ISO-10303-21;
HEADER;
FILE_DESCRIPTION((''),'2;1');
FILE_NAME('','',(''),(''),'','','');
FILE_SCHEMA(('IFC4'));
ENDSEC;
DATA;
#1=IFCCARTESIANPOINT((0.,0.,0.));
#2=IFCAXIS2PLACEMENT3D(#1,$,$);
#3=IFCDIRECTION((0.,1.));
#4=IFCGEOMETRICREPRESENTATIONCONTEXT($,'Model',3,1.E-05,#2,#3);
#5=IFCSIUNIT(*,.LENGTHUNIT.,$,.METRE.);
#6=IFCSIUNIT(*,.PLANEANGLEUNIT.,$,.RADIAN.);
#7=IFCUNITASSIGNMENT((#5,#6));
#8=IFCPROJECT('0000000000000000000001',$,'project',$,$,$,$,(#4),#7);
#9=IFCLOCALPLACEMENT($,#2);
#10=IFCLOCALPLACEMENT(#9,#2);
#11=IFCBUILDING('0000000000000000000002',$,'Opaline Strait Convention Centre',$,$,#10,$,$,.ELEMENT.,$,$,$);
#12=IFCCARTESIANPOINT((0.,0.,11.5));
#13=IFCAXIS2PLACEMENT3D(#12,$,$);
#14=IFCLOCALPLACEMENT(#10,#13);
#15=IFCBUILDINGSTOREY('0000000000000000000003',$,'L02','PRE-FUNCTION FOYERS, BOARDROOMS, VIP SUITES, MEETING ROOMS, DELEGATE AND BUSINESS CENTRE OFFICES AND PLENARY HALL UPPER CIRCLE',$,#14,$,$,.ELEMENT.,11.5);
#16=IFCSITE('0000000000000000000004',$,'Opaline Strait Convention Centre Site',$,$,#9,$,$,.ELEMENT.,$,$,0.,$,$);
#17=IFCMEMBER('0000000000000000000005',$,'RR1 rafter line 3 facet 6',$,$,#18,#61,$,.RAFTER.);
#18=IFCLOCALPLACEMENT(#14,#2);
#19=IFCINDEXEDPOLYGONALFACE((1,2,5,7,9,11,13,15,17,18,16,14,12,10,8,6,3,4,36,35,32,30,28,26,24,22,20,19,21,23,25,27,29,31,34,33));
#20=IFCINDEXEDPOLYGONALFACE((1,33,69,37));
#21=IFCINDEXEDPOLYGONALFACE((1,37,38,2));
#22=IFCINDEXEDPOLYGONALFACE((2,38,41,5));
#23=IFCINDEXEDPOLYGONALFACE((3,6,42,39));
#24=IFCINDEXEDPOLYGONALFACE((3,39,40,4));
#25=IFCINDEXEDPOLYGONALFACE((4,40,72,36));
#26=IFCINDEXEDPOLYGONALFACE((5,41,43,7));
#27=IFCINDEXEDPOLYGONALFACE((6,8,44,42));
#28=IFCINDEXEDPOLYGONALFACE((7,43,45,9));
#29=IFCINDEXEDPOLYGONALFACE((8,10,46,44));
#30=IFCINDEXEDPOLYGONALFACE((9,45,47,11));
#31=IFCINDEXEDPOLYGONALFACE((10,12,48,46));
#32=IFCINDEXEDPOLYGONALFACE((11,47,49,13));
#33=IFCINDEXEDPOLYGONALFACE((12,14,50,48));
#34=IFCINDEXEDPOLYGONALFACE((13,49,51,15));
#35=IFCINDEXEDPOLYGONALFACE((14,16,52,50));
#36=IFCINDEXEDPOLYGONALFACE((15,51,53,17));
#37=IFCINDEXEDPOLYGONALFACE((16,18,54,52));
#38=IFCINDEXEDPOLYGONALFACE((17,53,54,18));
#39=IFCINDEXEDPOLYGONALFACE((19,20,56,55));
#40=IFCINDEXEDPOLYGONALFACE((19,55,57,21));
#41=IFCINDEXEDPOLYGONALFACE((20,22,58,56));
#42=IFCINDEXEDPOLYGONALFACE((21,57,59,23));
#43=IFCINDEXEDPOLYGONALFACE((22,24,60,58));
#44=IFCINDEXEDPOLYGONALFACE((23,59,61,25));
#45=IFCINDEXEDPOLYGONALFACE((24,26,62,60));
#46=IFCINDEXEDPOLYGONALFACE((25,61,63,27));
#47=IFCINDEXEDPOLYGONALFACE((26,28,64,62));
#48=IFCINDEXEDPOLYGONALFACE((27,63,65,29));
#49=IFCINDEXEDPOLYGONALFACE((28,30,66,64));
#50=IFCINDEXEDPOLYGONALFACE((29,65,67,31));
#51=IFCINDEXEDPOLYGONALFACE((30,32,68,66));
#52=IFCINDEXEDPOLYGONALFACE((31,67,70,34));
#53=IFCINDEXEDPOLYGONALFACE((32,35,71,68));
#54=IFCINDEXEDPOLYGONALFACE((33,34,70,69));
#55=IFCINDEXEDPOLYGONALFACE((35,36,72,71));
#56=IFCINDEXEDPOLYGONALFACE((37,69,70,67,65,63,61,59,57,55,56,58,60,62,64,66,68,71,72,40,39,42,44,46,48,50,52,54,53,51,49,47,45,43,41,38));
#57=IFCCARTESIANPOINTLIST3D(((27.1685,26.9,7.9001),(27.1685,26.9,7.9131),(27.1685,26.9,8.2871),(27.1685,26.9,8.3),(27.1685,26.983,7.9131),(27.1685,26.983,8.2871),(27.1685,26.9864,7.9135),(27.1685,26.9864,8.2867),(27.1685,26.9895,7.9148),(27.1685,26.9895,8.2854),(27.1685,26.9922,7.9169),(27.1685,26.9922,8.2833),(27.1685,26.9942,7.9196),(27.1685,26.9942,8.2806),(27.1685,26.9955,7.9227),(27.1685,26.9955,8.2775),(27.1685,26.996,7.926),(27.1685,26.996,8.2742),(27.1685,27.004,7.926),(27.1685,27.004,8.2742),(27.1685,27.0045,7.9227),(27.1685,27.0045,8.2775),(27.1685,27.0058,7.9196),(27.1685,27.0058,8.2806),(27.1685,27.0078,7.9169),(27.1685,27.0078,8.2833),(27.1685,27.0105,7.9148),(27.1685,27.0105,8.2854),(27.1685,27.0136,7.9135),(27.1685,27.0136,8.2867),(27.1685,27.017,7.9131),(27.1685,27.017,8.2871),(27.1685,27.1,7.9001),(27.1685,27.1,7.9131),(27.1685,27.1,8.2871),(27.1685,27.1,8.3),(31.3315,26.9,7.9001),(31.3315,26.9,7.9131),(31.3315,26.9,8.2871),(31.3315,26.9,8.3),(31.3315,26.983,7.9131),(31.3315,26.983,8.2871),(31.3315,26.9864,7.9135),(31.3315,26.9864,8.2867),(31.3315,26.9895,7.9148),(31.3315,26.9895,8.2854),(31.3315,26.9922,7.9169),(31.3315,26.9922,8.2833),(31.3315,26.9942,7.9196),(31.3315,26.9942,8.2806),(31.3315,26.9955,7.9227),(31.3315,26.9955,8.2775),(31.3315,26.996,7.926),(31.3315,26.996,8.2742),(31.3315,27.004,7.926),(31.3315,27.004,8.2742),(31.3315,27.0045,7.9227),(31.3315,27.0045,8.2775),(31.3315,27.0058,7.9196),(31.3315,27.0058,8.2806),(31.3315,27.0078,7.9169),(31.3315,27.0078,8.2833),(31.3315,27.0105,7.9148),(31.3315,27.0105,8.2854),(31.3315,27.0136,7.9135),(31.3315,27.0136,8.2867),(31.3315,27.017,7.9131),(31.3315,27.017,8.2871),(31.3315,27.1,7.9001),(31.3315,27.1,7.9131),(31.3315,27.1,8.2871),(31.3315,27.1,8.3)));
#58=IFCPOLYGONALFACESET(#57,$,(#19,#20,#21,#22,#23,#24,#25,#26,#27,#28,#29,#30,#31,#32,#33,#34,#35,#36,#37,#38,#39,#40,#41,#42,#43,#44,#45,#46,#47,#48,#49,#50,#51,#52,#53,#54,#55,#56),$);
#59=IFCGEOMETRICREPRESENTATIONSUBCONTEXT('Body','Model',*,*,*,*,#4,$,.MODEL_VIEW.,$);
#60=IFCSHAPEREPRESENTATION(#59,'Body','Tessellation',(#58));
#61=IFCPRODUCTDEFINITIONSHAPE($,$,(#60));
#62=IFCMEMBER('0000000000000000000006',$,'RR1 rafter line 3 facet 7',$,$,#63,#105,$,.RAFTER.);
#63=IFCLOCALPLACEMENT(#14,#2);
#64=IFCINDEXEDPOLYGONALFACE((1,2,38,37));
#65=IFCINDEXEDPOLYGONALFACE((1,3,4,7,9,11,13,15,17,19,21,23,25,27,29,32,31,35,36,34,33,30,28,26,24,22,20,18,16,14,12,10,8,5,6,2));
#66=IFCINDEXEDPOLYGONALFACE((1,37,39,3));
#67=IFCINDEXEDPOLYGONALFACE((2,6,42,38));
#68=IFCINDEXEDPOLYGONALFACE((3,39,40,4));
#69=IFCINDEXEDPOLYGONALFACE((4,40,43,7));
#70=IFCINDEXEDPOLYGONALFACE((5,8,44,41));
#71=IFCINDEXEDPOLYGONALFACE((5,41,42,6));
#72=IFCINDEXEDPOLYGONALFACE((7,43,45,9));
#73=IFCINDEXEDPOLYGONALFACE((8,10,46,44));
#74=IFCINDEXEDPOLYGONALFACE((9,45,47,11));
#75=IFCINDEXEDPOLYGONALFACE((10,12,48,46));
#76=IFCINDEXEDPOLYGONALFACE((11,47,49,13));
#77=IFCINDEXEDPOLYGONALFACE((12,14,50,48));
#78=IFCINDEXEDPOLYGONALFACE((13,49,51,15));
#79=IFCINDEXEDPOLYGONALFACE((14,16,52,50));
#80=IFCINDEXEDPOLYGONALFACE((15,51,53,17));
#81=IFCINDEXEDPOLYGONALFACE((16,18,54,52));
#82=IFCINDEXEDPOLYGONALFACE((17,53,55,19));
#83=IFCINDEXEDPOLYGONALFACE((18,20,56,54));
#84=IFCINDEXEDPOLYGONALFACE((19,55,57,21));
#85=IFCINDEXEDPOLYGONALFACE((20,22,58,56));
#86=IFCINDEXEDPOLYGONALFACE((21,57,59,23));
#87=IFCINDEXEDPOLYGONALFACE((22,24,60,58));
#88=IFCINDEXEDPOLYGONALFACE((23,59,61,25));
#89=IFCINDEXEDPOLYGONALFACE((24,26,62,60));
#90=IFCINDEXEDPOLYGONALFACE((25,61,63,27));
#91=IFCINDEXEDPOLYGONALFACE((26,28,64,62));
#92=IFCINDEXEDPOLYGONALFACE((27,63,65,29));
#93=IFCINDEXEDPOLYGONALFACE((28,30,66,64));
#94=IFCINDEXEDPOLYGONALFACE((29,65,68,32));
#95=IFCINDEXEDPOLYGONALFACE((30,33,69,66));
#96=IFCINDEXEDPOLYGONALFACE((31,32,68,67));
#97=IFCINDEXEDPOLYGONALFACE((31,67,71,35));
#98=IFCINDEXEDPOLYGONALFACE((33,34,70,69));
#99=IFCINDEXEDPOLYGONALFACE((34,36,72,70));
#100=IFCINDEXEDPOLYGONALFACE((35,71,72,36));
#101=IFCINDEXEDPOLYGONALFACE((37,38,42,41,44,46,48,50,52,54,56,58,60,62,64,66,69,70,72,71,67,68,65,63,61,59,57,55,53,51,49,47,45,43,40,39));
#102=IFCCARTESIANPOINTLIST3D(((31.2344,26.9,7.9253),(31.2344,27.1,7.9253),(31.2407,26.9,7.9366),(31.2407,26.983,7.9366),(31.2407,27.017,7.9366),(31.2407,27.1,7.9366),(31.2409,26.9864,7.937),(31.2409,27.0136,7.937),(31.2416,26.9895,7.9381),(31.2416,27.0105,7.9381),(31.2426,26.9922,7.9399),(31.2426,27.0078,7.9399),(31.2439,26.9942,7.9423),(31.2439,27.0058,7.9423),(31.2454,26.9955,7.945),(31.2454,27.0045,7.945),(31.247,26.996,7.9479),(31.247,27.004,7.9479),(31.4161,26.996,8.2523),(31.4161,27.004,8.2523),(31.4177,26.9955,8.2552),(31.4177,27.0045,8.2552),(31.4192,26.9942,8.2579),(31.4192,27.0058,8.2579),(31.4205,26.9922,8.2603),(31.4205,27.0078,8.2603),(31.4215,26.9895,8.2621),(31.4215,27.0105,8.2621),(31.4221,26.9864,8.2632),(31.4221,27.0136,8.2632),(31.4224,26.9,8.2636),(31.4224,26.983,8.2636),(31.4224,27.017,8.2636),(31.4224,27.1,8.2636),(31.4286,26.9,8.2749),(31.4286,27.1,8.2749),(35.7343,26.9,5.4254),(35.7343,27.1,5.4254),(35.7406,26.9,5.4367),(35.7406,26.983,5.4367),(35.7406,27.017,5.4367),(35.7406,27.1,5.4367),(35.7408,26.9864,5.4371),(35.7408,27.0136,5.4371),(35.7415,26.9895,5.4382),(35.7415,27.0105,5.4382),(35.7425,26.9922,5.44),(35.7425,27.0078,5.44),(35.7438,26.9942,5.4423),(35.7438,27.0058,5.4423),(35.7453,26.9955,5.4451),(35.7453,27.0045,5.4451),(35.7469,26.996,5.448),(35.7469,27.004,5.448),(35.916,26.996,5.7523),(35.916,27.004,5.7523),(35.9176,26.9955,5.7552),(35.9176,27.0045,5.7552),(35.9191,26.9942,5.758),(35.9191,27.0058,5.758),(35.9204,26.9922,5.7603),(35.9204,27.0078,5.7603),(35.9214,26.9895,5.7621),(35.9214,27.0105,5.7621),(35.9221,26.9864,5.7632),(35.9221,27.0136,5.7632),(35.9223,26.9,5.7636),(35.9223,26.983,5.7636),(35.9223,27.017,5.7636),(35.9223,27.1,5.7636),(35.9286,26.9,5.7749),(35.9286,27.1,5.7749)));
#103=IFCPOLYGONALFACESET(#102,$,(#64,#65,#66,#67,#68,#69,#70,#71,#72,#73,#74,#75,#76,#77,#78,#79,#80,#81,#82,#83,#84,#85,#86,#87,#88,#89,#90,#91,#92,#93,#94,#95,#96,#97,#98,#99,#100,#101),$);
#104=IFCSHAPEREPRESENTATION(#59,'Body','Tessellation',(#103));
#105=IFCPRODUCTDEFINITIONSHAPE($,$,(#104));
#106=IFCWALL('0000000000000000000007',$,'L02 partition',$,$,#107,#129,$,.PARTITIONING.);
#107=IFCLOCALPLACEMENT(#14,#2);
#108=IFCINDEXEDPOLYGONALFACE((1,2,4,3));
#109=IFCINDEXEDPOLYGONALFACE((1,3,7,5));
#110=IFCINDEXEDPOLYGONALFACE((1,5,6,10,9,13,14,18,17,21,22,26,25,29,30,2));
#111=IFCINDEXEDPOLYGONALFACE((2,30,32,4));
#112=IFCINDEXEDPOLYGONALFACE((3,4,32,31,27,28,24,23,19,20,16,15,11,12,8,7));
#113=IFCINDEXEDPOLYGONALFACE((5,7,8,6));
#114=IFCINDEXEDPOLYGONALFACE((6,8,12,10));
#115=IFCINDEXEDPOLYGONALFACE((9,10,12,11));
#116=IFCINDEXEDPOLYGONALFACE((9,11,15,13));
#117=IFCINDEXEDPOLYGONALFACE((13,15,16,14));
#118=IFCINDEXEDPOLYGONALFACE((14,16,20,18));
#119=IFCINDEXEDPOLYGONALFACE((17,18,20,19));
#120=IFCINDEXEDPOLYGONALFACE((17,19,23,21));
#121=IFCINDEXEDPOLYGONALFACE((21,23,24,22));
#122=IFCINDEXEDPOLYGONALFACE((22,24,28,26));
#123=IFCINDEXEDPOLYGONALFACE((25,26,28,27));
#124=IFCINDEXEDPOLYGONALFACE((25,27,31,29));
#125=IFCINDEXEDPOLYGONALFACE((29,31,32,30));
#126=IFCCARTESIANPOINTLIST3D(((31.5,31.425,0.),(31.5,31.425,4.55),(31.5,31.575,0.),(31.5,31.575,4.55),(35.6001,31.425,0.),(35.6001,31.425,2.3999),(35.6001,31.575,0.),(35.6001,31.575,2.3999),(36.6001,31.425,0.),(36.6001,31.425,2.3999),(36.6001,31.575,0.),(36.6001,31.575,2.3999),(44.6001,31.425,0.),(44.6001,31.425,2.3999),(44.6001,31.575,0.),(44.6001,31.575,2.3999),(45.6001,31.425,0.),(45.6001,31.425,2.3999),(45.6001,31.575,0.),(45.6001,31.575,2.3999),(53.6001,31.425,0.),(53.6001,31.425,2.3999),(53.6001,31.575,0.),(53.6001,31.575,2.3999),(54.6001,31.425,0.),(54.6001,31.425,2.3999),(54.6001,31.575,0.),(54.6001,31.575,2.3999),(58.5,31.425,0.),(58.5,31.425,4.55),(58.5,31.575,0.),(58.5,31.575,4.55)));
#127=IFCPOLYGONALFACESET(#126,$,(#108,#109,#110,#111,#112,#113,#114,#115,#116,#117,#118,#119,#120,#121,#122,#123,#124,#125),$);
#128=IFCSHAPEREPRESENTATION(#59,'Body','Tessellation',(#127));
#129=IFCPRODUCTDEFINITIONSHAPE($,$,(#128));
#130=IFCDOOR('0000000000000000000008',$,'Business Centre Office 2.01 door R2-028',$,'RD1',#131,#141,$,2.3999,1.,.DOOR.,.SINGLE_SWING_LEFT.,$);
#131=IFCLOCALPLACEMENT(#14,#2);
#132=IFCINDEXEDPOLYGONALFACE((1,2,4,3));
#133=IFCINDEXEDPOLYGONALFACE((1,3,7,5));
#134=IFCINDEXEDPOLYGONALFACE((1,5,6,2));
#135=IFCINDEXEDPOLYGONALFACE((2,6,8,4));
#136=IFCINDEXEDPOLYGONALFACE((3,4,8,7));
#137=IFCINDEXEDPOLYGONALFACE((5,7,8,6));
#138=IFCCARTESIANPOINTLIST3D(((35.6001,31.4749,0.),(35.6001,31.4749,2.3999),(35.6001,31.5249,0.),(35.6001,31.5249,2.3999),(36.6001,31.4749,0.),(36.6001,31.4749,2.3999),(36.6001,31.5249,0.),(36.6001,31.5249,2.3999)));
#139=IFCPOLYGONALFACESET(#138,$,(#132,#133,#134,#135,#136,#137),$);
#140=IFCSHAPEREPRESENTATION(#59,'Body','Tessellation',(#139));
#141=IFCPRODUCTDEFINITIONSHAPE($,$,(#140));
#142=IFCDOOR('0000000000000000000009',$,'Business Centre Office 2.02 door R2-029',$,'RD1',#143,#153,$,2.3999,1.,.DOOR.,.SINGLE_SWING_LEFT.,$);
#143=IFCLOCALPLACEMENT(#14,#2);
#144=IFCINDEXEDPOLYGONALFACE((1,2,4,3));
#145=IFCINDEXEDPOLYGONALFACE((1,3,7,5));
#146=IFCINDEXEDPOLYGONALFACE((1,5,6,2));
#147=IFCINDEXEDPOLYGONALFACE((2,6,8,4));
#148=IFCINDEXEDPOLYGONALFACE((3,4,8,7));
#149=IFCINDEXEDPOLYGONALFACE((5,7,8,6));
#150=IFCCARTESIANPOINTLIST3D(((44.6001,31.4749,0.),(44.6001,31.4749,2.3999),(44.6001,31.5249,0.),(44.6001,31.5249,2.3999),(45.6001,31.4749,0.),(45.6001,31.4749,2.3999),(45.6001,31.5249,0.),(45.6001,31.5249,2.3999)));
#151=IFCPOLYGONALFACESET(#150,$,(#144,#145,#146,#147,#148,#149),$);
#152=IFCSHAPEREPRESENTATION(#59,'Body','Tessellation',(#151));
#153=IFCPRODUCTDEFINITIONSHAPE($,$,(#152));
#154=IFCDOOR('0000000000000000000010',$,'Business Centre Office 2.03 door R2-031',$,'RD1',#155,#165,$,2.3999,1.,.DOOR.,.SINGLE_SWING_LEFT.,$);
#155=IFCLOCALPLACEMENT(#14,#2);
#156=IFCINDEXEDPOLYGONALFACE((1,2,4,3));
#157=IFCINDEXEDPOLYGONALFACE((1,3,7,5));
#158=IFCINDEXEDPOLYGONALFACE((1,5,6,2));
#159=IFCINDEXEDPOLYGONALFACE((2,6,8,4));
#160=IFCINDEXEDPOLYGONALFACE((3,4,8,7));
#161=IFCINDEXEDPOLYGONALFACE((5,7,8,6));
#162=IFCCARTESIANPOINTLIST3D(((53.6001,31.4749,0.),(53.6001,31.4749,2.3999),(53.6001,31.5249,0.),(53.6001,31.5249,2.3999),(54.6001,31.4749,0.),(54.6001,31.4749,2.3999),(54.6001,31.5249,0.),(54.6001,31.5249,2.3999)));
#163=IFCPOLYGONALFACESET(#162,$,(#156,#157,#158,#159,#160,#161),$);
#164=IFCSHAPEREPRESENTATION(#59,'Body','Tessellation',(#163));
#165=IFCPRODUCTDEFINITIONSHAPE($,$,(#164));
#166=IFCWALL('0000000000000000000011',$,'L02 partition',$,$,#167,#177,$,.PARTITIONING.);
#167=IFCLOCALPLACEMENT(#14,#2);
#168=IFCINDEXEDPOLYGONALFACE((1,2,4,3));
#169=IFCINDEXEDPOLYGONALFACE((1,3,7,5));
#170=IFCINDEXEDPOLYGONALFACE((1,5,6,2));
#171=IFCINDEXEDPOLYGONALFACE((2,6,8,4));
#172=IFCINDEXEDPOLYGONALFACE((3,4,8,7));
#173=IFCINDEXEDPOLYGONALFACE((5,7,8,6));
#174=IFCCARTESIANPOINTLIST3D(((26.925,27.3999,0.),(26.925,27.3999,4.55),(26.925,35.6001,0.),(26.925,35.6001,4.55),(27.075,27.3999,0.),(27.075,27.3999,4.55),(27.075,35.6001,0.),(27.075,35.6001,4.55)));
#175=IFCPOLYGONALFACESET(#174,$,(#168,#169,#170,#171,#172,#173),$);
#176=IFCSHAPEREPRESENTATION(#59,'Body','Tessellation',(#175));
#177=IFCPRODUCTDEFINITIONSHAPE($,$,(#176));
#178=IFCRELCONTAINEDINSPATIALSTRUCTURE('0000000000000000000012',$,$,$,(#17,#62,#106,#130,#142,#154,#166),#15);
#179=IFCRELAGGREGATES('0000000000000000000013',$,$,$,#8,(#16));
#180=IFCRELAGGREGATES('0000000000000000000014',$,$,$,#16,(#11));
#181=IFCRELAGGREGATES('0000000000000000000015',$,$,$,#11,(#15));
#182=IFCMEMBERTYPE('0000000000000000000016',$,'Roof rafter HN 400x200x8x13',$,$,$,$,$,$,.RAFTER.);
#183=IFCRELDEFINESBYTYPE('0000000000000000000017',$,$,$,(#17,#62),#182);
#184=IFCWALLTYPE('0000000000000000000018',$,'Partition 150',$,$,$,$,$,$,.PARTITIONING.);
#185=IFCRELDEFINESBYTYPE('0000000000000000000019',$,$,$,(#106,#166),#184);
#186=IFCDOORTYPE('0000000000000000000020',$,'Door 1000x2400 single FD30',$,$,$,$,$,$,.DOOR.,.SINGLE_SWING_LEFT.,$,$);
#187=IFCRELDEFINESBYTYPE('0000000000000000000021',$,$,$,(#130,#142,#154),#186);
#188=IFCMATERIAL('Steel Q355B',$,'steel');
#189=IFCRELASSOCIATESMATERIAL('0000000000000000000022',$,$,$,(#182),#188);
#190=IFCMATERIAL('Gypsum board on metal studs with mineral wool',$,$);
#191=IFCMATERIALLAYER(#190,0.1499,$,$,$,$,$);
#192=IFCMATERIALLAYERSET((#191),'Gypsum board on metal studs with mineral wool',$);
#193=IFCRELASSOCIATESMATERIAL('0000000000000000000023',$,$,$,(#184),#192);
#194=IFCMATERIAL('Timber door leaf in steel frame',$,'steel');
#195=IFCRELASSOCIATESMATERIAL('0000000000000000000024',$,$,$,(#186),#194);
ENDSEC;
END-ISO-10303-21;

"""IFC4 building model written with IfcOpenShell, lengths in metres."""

from ifc_helpers import new_model, si_unit, direction, frame, frame_2d, origin, origin_2d, place, context, subcontext, project, spatial, rectangle, i_section, extrude, material, layer, layer_set, material_profile, profile_set, type_object, element, fill, save


model = new_model("IFC4")

# Units and contexts
model_context = context("Model", 3, precision=1e-05, world=origin(), true_north=direction((0.0, 1.0)))
body_context = subcontext(model_context, "Body", "Model", "MODEL_VIEW")
ifc_project = project(units=[si_unit("LENGTHUNIT", "METRE"), si_unit("PLANEANGLEUNIT", "RADIAN")], contexts=[model_context])

# Site, building, storey
site_placement = place(None, origin())
site = spatial("IfcSite", under=ifc_project, at=site_placement, Name="Opaline Strait Convention Centre Site", CompositionType="ELEMENT", RefElevation=0.0)
building_placement = place(site_placement, origin())
building = spatial("IfcBuilding", under=site, at=building_placement, Name="Opaline Strait Convention Centre", CompositionType="ELEMENT")
storey_placement = place(building_placement, frame((0.0, 0.0, 11.5)))
storey = spatial("IfcBuildingStorey", under=building, at=storey_placement, Name="L02", Description="PRE-FUNCTION FOYERS, BOARDROOMS, VIP SUITES, MEETING ROOMS, DELEGATE AND BUSINESS CENTRE OFFICES AND PLENARY HALL UPPER CIRCLE", CompositionType="ELEMENT", Elevation=11.5)

# Shared definitions
ifc_material_1 = material(Name="Steel Q355B", Category="steel")

# Members
ifc_material_profile_1 = material_profile(ifc_material_1, i_section(OverallWidth=0.2, OverallDepth=0.3999, WebThickness=0.0081, FlangeThickness=0.0129, FilletRadius=0.0129, at=origin_2d()), Name="HN 400x200x8x13")
ifc_profile_set_1 = profile_set([ifc_material_profile_1], Name="Steel Q355B")
member_type_1 = type_object("IfcMemberType", Name="Roof rafter HN 400x200x8x13", PredefinedType="RAFTER", material=ifc_profile_set_1)
member_1_placement = place(storey_placement, frame((27.1685, 27.0, 8.1001), z_axis=(1.0, 0.0, 0.0), x_axis=(0.0, 1.0, 0.0)))
element("IfcMember", 1, at=member_1_placement, inside=storey, type_object=member_type_1, Name="RR1 rafter line 3 facet 6", PredefinedType="RAFTER", context=body_context, shape_type="SweptSolid", body=[
    extrude(i_section(OverallWidth=0.2, OverallDepth=0.3999, WebThickness=0.0081, FlangeThickness=0.0129, FilletRadius=0.0129, at=origin_2d()), origin(), (0.0, 0.0, 1.0), 4.1631),
])
member_2_placement = place(storey_placement, frame((31.3315, 27.0, 8.1001), z_axis=(0.874157, 0.0, -0.485643), x_axis=(0.0, 1.0, 0.0)))
element("IfcMember", 2, at=member_2_placement, inside=storey, type_object=member_type_1, Name="RR1 rafter line 3 facet 7", PredefinedType="RAFTER", context=body_context, shape_type="SweptSolid", body=[
    extrude(i_section(OverallWidth=0.2, OverallDepth=0.3999, WebThickness=0.0081, FlangeThickness=0.0129, FilletRadius=0.0129, at=origin_2d()), origin(), (0.0, 0.0, 1.0), 5.1477),
])

# Wall, openings, doors
ifc_material_2 = material(Name="Gypsum board on metal studs with mineral wool")
ifc_layer_1 = layer(ifc_material_2, 0.1499)
ifc_layer_set_1 = layer_set([ifc_layer_1], Name="Gypsum board on metal studs with mineral wool")
wall_type_1 = type_object("IfcWallType", Name="Partition 150", PredefinedType="PARTITIONING", material=ifc_layer_set_1)
wall_1_placement = place(storey_placement, frame((31.5, 31.5, 0.0), z_axis=(0.0, 0.0, 1.0), x_axis=(1.0, 0.0, 0.0)))
wall_1 = element("IfcWall", 3, at=wall_1_placement, inside=storey, type_object=wall_type_1, Name="L02 partition", PredefinedType="PARTITIONING", context=body_context, shape_type="SweptSolid", body=[
    extrude(rectangle(XDim=27.0, YDim=0.1499, at=frame_2d((13.5, 0.0))), origin(), (0.0, 0.0, 1.0), 4.55),
])
opening_1_placement = place(wall_1_placement, frame((4.1001, 0.0, 0.0)))
opening_1 = element("IfcOpeningElement", 4, at=opening_1_placement, cuts=wall_1, PredefinedType="OPENING", context=body_context, shape_type="SweptSolid", body=[
    extrude(rectangle(XDim=1.0, YDim=2.3999, at=frame_2d((0.5, 1.2))), frame((0.0, 0.085, 0.0), z_axis=(0.0, -1.0, 0.0), x_axis=(1.0, 0.0, 0.0)), (0.0, 0.0, 1.0), 0.1699),
])
opening_2_placement = place(wall_1_placement, frame((13.1001, 0.0, 0.0)))
opening_2 = element("IfcOpeningElement", 5, at=opening_2_placement, cuts=wall_1, PredefinedType="OPENING", context=body_context, shape_type="SweptSolid", body=[
    extrude(rectangle(XDim=1.0, YDim=2.3999, at=frame_2d((0.5, 1.2))), frame((0.0, 0.085, 0.0), z_axis=(0.0, -1.0, 0.0), x_axis=(1.0, 0.0, 0.0)), (0.0, 0.0, 1.0), 0.1699),
])
opening_3_placement = place(wall_1_placement, frame((22.1001, 0.0, 0.0)))
opening_3 = element("IfcOpeningElement", 6, at=opening_3_placement, cuts=wall_1, PredefinedType="OPENING", context=body_context, shape_type="SweptSolid", body=[
    extrude(rectangle(XDim=1.0, YDim=2.3999, at=frame_2d((0.5, 1.2))), frame((0.0, 0.085, 0.0), z_axis=(0.0, -1.0, 0.0), x_axis=(1.0, 0.0, 0.0)), (0.0, 0.0, 1.0), 0.1699),
])
ifc_material_3 = material(Name="Timber door leaf in steel frame", Category="steel")
door_type_1 = type_object("IfcDoorType", Name="Door 1000x2400 single FD30", OperationType="SINGLE_SWING_LEFT", PredefinedType="DOOR", material=ifc_material_3)
door_1_placement = place(opening_1_placement, origin())
door_1 = element("IfcDoor", 7, at=door_1_placement, inside=storey, type_object=door_type_1, Name="Business Centre Office 2.01 door R2-028", ObjectType="RD1", OperationType="SINGLE_SWING_LEFT", OverallHeight=2.3999, OverallWidth=1.0, PredefinedType="DOOR", context=body_context, shape_type="SweptSolid", body=[
    extrude(rectangle(XDim=1.0, YDim=2.3999, at=frame_2d((0.5, 1.2))), frame((0.0, 0.0249, 0.0), z_axis=(0.0, -1.0, 0.0), x_axis=(1.0, 0.0, 0.0)), (0.0, 0.0, 1.0), 0.05),
])
fill(opening_1, door_1)
door_2_placement = place(opening_2_placement, origin())
door_2 = element("IfcDoor", 8, at=door_2_placement, inside=storey, type_object=door_type_1, Name="Business Centre Office 2.02 door R2-029", ObjectType="RD1", OperationType="SINGLE_SWING_LEFT", OverallHeight=2.3999, OverallWidth=1.0, PredefinedType="DOOR", context=body_context, shape_type="SweptSolid", body=[
    extrude(rectangle(XDim=1.0, YDim=2.3999, at=frame_2d((0.5, 1.2))), frame((0.0, 0.0249, 0.0), z_axis=(0.0, -1.0, 0.0), x_axis=(1.0, 0.0, 0.0)), (0.0, 0.0, 1.0), 0.05),
])
fill(opening_2, door_2)
door_3_placement = place(opening_3_placement, origin())
door_3 = element("IfcDoor", 9, at=door_3_placement, inside=storey, type_object=door_type_1, Name="Business Centre Office 2.03 door R2-031", ObjectType="RD1", OperationType="SINGLE_SWING_LEFT", OverallHeight=2.3999, OverallWidth=1.0, PredefinedType="DOOR", context=body_context, shape_type="SweptSolid", body=[
    extrude(rectangle(XDim=1.0, YDim=2.3999, at=frame_2d((0.5, 1.2))), frame((0.0, 0.0249, 0.0), z_axis=(0.0, -1.0, 0.0), x_axis=(1.0, 0.0, 0.0)), (0.0, 0.0, 1.0), 0.05),
])
fill(opening_3, door_3)

# Wall
wall_2_placement = place(storey_placement, frame((27.0, 27.3999, 0.0), z_axis=(0.0, 0.0, 1.0), x_axis=(0.0, 1.0, 0.0)))
element("IfcWall", 10, at=wall_2_placement, inside=storey, type_object=wall_type_1, Name="L02 partition", PredefinedType="PARTITIONING", context=body_context, shape_type="SweptSolid", body=[
    extrude(rectangle(XDim=8.2002, YDim=0.1499, at=frame_2d((4.1001, 0.0))), origin(), (0.0, 0.0, 1.0), 4.55),
])

save(model, "model.ifc")
